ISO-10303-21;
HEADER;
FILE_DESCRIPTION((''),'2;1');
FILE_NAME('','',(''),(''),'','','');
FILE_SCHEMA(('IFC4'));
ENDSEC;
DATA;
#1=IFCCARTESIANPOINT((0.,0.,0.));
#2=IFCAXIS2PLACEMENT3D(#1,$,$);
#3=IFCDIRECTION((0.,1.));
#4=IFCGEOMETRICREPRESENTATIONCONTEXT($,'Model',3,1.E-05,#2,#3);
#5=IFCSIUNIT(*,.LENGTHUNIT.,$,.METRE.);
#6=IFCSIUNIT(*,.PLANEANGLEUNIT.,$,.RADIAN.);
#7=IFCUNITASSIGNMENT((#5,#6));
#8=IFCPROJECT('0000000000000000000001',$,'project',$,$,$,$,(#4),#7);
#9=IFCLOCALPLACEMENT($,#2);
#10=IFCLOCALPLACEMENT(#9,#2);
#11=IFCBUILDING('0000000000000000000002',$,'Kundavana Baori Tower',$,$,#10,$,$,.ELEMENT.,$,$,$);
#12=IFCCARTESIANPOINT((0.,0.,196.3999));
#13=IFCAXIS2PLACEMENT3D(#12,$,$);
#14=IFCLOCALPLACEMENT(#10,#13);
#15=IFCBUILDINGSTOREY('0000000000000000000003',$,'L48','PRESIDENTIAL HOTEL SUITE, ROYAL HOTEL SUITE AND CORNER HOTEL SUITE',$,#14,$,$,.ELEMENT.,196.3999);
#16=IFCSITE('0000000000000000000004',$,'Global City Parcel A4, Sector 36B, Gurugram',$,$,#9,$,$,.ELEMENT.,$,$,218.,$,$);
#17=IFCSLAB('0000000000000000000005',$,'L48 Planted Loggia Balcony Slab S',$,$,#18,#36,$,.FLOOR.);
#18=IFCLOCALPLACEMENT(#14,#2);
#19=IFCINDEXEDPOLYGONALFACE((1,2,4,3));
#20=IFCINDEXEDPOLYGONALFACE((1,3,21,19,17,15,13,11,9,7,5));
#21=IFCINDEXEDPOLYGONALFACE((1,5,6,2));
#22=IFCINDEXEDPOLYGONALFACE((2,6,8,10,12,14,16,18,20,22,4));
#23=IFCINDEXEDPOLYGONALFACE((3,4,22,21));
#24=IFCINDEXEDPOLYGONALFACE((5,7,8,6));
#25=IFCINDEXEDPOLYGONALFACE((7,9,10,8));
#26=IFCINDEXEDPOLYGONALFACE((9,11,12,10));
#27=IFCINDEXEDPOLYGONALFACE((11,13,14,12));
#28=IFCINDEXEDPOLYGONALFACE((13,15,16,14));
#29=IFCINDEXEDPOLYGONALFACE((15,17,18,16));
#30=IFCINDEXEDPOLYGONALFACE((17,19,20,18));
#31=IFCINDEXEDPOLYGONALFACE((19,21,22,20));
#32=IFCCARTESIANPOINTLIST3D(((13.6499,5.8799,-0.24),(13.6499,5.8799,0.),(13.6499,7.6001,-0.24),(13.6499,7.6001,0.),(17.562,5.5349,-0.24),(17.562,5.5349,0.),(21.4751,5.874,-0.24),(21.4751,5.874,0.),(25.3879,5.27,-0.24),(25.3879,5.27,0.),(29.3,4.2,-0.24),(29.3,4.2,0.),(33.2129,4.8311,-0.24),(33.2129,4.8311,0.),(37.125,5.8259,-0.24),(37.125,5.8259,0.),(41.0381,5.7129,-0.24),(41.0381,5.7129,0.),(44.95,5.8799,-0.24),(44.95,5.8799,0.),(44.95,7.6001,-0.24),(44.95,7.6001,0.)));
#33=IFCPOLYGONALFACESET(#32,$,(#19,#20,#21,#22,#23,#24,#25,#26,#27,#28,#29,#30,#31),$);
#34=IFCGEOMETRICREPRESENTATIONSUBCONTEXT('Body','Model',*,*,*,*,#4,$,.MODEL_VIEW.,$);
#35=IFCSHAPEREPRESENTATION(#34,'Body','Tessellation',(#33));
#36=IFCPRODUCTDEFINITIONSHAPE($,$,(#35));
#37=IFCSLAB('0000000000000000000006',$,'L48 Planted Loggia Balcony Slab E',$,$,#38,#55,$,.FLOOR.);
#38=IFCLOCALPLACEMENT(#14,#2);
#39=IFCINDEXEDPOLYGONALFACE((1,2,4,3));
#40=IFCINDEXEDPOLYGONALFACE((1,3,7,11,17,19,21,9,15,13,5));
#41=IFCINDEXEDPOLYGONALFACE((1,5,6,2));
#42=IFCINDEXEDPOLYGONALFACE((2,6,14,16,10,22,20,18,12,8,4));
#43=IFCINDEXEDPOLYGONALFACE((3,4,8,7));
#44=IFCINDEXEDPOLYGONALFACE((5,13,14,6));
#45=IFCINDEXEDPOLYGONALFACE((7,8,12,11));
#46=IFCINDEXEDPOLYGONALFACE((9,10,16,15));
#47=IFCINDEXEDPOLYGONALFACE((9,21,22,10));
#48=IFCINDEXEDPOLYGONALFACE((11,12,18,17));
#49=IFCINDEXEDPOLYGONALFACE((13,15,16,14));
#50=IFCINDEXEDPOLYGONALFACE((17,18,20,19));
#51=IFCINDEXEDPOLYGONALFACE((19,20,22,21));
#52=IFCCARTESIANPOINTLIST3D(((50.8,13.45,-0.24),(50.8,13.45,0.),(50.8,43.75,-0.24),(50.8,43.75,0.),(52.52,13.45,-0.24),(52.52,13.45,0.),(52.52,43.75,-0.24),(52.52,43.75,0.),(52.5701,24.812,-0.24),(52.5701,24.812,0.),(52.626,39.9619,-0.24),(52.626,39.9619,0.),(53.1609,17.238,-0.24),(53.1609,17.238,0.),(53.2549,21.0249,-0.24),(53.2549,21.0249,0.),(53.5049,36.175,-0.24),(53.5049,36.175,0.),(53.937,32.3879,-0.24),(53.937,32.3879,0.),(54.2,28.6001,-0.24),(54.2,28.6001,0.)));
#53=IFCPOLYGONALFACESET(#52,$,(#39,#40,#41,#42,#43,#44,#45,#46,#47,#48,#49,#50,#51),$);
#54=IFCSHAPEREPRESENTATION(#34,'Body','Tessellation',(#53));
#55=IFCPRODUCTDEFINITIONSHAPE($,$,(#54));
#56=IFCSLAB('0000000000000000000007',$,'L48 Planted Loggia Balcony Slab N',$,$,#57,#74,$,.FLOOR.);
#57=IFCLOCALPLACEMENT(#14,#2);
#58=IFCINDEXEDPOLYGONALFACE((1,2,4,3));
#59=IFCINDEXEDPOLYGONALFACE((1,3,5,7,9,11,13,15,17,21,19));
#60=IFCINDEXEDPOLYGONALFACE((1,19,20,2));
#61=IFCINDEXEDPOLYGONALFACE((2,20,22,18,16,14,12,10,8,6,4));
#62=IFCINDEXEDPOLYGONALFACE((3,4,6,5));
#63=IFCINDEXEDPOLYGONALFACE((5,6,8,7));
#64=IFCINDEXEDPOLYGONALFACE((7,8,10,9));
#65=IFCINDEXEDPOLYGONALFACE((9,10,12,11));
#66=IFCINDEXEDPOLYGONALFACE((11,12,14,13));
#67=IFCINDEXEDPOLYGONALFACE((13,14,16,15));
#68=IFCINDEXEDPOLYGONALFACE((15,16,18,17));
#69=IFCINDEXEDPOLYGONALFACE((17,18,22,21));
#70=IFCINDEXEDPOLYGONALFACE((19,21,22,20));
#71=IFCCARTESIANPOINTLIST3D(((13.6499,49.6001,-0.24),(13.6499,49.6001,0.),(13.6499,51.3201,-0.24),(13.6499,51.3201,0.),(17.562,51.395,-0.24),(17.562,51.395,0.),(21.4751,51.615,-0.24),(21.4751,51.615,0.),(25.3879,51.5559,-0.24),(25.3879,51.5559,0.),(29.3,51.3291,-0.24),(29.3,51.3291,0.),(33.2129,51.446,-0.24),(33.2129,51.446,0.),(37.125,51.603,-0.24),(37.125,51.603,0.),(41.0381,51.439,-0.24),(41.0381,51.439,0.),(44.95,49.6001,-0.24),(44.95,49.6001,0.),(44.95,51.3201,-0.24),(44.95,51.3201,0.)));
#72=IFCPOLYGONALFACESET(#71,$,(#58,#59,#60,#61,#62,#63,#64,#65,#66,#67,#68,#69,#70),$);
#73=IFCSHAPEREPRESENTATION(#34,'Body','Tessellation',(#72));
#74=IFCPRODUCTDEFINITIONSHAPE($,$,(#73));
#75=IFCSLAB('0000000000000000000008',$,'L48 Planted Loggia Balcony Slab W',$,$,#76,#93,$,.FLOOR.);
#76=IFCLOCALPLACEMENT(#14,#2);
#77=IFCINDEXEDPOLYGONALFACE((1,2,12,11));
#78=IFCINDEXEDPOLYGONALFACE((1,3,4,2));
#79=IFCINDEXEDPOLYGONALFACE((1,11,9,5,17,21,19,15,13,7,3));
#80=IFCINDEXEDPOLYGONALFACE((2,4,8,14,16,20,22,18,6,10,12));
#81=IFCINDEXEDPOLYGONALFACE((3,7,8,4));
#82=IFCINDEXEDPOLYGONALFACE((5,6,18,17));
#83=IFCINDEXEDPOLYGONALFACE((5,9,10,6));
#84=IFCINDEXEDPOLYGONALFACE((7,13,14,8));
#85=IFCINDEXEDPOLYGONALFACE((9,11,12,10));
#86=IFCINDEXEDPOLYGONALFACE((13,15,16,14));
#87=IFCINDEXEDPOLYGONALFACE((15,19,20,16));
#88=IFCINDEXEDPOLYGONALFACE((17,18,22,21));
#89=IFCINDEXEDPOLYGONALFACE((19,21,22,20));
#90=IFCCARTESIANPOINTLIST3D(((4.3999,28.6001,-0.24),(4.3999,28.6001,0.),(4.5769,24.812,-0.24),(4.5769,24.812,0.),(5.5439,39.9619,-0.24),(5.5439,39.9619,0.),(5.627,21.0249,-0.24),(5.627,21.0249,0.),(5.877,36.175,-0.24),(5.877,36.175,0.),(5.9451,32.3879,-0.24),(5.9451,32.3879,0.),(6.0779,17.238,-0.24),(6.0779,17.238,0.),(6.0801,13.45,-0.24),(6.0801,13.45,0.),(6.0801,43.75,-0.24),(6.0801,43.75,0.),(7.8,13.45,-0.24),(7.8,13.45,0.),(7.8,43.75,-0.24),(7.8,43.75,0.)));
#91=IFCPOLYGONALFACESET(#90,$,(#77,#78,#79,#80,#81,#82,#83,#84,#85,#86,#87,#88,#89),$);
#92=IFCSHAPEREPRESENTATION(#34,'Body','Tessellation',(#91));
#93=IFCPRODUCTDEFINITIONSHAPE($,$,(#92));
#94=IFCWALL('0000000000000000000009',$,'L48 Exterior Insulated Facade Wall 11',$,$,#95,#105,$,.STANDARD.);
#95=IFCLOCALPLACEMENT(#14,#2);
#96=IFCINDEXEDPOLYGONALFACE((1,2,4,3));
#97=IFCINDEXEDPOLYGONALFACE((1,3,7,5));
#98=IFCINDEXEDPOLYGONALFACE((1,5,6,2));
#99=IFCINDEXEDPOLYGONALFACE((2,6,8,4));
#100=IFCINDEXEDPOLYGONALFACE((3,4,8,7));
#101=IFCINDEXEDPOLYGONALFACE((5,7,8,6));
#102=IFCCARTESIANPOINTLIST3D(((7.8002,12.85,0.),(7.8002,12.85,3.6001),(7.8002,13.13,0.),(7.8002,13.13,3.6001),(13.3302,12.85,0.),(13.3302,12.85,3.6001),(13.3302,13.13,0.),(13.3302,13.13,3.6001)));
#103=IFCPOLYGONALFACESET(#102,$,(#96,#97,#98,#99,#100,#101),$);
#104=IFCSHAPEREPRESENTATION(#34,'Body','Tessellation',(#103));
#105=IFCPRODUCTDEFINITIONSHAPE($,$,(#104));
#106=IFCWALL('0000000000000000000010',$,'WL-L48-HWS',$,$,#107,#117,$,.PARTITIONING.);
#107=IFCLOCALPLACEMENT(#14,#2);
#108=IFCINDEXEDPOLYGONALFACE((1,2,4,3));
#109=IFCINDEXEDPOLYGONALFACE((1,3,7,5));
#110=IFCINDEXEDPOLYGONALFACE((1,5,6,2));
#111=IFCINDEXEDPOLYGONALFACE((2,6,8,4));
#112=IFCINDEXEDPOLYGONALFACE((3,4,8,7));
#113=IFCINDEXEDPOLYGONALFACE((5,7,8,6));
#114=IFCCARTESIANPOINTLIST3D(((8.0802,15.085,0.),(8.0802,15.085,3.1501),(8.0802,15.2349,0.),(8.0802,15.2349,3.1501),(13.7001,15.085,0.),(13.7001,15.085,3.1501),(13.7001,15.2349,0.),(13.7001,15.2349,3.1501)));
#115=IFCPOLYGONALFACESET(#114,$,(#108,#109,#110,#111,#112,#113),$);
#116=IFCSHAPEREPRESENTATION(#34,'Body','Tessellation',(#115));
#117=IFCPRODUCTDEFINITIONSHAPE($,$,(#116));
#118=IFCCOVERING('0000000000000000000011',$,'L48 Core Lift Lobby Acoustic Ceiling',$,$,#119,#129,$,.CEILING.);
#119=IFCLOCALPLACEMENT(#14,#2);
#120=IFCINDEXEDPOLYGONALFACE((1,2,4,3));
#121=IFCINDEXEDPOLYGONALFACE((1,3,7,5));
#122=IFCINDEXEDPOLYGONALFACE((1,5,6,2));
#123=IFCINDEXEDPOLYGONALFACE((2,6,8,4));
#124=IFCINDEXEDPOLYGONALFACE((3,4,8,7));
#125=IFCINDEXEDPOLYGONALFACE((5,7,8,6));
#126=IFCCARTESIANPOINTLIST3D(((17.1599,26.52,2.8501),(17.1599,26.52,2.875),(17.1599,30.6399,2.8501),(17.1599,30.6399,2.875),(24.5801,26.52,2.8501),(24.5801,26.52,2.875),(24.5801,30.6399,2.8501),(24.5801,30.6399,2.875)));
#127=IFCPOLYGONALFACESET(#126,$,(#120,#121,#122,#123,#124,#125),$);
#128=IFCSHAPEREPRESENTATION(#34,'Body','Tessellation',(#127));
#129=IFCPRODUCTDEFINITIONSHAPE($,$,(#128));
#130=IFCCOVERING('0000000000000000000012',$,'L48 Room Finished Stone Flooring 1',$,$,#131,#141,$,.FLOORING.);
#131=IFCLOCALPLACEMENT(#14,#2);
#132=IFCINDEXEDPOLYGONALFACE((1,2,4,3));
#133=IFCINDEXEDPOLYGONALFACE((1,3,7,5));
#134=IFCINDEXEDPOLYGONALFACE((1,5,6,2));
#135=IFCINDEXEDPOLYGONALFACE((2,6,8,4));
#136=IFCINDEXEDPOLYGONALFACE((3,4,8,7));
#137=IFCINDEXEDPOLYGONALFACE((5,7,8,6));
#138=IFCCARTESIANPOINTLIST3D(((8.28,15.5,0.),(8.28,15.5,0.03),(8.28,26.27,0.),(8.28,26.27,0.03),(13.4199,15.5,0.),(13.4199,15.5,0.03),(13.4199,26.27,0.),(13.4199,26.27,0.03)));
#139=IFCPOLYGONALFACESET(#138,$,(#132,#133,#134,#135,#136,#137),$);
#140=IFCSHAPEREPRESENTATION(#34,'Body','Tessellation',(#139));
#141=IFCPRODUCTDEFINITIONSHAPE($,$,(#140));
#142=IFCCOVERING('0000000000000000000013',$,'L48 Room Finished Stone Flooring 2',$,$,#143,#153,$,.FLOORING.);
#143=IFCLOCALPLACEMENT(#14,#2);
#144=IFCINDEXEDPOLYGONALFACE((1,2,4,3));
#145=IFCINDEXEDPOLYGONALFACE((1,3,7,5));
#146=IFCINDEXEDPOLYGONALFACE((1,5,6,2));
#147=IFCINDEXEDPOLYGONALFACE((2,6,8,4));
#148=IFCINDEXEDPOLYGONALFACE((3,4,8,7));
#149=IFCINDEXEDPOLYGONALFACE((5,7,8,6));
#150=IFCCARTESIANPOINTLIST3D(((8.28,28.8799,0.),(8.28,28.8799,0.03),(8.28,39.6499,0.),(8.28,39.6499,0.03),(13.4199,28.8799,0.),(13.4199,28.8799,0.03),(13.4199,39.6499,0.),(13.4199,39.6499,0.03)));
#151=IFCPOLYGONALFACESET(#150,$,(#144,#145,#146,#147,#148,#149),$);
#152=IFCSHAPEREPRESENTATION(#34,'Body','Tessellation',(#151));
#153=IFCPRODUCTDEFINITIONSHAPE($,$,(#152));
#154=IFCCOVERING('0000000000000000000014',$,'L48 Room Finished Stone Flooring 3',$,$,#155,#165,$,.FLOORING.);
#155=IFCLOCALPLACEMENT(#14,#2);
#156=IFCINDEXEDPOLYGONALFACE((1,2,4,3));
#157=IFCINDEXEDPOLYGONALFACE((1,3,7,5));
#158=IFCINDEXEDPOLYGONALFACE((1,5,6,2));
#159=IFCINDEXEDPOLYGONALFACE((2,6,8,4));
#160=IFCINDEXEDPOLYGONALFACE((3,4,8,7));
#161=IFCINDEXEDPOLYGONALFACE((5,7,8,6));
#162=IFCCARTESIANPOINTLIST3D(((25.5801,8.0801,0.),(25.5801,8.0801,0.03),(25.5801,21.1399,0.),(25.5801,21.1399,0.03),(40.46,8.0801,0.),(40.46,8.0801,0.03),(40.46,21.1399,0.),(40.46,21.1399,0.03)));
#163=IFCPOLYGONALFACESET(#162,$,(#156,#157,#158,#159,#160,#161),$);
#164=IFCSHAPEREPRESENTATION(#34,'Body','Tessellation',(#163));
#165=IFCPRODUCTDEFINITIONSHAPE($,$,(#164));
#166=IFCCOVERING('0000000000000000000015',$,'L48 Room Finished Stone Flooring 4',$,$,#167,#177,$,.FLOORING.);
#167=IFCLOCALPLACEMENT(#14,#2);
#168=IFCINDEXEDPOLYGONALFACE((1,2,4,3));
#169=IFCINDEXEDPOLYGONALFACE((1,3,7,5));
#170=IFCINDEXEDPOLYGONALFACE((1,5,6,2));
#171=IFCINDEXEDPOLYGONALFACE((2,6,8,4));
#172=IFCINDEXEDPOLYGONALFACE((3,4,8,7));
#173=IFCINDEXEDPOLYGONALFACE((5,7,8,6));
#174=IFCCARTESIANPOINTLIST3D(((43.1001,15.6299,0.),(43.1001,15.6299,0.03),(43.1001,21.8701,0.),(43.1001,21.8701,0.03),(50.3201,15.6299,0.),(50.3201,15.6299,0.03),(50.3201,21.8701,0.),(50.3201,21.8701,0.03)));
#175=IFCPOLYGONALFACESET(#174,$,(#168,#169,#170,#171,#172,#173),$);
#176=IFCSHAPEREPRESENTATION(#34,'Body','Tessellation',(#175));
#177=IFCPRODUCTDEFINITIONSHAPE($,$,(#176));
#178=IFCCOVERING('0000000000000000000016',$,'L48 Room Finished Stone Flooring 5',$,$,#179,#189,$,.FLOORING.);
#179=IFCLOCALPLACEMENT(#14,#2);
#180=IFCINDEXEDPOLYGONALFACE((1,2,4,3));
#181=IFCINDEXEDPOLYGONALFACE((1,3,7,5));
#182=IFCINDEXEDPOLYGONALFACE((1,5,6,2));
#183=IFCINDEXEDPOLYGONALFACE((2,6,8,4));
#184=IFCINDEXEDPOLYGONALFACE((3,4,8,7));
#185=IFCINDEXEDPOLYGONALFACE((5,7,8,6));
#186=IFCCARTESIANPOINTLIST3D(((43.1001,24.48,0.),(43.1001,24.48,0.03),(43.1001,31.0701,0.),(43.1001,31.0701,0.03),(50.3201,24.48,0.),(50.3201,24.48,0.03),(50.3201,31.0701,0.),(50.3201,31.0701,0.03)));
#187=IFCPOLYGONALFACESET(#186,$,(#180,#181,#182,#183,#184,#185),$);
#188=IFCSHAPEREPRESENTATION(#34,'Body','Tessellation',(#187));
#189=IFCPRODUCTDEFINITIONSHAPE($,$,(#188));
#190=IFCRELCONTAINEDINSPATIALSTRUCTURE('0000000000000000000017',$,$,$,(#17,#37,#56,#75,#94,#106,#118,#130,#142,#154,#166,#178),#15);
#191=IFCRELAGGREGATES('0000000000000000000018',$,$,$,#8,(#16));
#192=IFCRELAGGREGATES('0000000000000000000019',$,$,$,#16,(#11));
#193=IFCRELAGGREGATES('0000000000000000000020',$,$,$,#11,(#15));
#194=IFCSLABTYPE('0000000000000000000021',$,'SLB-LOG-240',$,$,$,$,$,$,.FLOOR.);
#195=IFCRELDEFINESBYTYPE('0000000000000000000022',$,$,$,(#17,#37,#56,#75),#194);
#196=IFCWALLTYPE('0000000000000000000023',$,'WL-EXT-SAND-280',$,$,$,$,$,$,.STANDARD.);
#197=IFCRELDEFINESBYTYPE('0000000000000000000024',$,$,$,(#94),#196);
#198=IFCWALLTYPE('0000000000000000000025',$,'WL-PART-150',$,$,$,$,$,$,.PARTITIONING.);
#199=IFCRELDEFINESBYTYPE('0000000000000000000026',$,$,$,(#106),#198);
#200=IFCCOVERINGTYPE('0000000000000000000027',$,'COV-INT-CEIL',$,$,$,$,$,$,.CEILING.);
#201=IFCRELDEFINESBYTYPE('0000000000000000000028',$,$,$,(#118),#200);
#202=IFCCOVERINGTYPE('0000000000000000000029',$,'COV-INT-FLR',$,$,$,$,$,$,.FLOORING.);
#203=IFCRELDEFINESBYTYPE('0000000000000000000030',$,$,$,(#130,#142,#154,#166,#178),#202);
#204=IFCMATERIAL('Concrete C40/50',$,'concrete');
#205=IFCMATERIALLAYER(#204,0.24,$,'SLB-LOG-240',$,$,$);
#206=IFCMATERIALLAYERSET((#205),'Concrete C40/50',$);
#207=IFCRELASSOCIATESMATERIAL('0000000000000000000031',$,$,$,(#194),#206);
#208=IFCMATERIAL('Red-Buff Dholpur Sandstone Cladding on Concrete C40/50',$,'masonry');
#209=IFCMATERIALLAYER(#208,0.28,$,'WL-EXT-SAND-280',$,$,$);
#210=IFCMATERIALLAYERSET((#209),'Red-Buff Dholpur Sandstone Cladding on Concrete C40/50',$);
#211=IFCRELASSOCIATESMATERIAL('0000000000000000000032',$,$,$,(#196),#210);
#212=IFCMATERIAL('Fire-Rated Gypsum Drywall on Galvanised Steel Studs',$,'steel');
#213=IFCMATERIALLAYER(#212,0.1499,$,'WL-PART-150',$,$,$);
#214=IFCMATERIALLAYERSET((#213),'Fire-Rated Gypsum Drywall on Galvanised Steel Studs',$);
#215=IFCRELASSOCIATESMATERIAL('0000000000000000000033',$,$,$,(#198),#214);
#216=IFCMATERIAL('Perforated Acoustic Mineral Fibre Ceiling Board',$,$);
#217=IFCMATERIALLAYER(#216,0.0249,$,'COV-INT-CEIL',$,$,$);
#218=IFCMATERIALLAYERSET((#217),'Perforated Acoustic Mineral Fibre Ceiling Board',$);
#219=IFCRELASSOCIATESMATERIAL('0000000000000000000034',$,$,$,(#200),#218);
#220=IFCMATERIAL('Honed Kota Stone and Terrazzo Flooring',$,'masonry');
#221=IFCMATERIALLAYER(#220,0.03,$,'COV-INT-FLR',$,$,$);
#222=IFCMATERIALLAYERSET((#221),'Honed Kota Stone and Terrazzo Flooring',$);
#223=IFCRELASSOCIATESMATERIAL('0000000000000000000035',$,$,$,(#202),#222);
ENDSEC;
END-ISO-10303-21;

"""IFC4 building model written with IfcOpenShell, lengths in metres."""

from ifc_helpers import new_model, si_unit, direction, frame, frame_2d, origin, place, context, subcontext, project, spatial, polyline, rectangle, outline, extrude, material, layer, layer_set, type_object, element, save


model = new_model("IFC4")

# Units and contexts
model_context = context("Model", 3, precision=1e-05, world=origin(), true_north=direction((0.0, 1.0)))
body_context = subcontext(model_context, "Body", "Model", "MODEL_VIEW")
ifc_project = project(units=[si_unit("LENGTHUNIT", "METRE"), si_unit("PLANEANGLEUNIT", "RADIAN")], contexts=[model_context])

# Site, building, storey
site_placement = place(None, origin())
site = spatial("IfcSite", under=ifc_project, at=site_placement, Name="Global City Parcel A4, Sector 36B, Gurugram", CompositionType="ELEMENT", RefElevation=218.0)
building_placement = place(site_placement, origin())
building = spatial("IfcBuilding", under=site, at=building_placement, Name="Kundavana Baori Tower", CompositionType="ELEMENT")
storey_placement = place(building_placement, frame((0.0, 0.0, 196.3999)))
storey = spatial("IfcBuildingStorey", under=building, at=storey_placement, Name="L48", Description="PRESIDENTIAL HOTEL SUITE, ROYAL HOTEL SUITE AND CORNER HOTEL SUITE", CompositionType="ELEMENT", Elevation=196.3999)

# Slabs
ifc_material_1 = material(Name="Concrete C40/50", Category="concrete")
ifc_layer_1 = layer(ifc_material_1, 0.24, Name="SLB-LOG-240")
ifc_layer_set_1 = layer_set([ifc_layer_1], Name="Concrete C40/50")
slab_type_1 = type_object("IfcSlabType", Name="SLB-LOG-240", PredefinedType="FLOOR", material=ifc_layer_set_1)
slab_1_placement = place(storey_placement, frame((0.0, 0.0, -0.24)))
element("IfcSlab", 1, at=slab_1_placement, inside=storey, type_object=slab_type_1, Name="L48 Planted Loggia Balcony Slab S", PredefinedType="FLOOR", context=body_context, shape_type="SweptSolid", body=[
    extrude(outline(polyline([(13.6499, 7.6001), (44.95, 7.6001), (44.95, 5.8799), (41.0381, 5.7129), (37.125, 5.8259), (33.2129, 4.8311), (29.3, 4.2), (25.3879, 5.27), (21.4751, 5.874), (17.562, 5.5349), (13.6499, 5.8799), (13.6499, 7.6001)])), origin(), (0.0, 0.0, 1.0), 0.24),
])
slab_2_placement = place(storey_placement, frame((0.0, 0.0, -0.24)))
element("IfcSlab", 2, at=slab_2_placement, inside=storey, type_object=slab_type_1, Name="L48 Planted Loggia Balcony Slab E", PredefinedType="FLOOR", context=body_context, shape_type="SweptSolid", body=[
    extrude(outline(polyline([(50.8, 13.45), (50.8, 43.75), (52.52, 43.75), (52.626, 39.9619), (53.5049, 36.175), (53.937, 32.3879), (54.2, 28.6001), (52.5701, 24.812), (53.2549, 21.0249), (53.1609, 17.238), (52.52, 13.45), (50.8, 13.45)])), origin(), (0.0, 0.0, 1.0), 0.24),
])
slab_3_placement = place(storey_placement, frame((0.0, 0.0, -0.24)))
element("IfcSlab", 3, at=slab_3_placement, inside=storey, type_object=slab_type_1, Name="L48 Planted Loggia Balcony Slab N", PredefinedType="FLOOR", context=body_context, shape_type="SweptSolid", body=[
    extrude(outline(polyline([(44.95, 49.6001), (13.6499, 49.6001), (13.6499, 51.3201), (17.562, 51.395), (21.4751, 51.615), (25.3879, 51.5559), (29.3, 51.3291), (33.2129, 51.446), (37.125, 51.603), (41.0381, 51.439), (44.95, 51.3201), (44.95, 49.6001)])), origin(), (0.0, 0.0, 1.0), 0.24),
])
slab_4_placement = place(storey_placement, frame((0.0, 0.0, -0.24)))
element("IfcSlab", 4, at=slab_4_placement, inside=storey, type_object=slab_type_1, Name="L48 Planted Loggia Balcony Slab W", PredefinedType="FLOOR", context=body_context, shape_type="SweptSolid", body=[
    extrude(outline(polyline([(7.8, 43.75), (7.8, 13.45), (6.0801, 13.45), (6.0779, 17.238), (5.627, 21.0249), (4.5769, 24.812), (4.3999, 28.6001), (5.9451, 32.3879), (5.877, 36.175), (5.5439, 39.9619), (6.0801, 43.75), (7.8, 43.75)])), origin(), (0.0, 0.0, 1.0), 0.24),
])

# Walls
ifc_material_2 = material(Name="Red-Buff Dholpur Sandstone Cladding on Concrete C40/50", Category="masonry")
ifc_layer_2 = layer(ifc_material_2, 0.28, Name="WL-EXT-SAND-280")
ifc_layer_set_2 = layer_set([ifc_layer_2], Name="Red-Buff Dholpur Sandstone Cladding on Concrete C40/50")
wall_type_1 = type_object("IfcWallType", Name="WL-EXT-SAND-280", PredefinedType="STANDARD", material=ifc_layer_set_2)
wall_1_placement = place(storey_placement, frame((7.8, 12.99, 0.0), z_axis=(0.0, 0.0, 1.0), x_axis=(1.0, 0.0, 0.0)))
element("IfcWall", 5, at=wall_1_placement, inside=storey, type_object=wall_type_1, Name="L48 Exterior Insulated Facade Wall 11", PredefinedType="STANDARD", context=body_context, shape_type="SweptSolid", body=[
    extrude(rectangle(XDim=5.53, YDim=0.28, at=frame_2d((2.7651, 0.0))), origin(), (0.0, 0.0, 1.0), 3.6001),
])
ifc_material_3 = material(Name="Fire-Rated Gypsum Drywall on Galvanised Steel Studs", Category="steel")
ifc_layer_3 = layer(ifc_material_3, 0.1499, Name="WL-PART-150")
ifc_layer_set_3 = layer_set([ifc_layer_3], Name="Fire-Rated Gypsum Drywall on Galvanised Steel Studs")
wall_type_2 = type_object("IfcWallType", Name="WL-PART-150", PredefinedType="PARTITIONING", material=ifc_layer_set_3)
wall_2_placement = place(storey_placement, frame((8.0801, 15.1599, 0.0), z_axis=(0.0, 0.0, 1.0), x_axis=(1.0, 0.0, 0.0)))
element("IfcWall", 6, at=wall_2_placement, inside=storey, type_object=wall_type_2, Name="WL-L48-HWS", PredefinedType="PARTITIONING", context=body_context, shape_type="SweptSolid", body=[
    extrude(rectangle(XDim=5.6199, YDim=0.1499, at=frame_2d((2.8101, 0.0))), origin(), (0.0, 0.0, 1.0), 3.1501),
])

# Coverings
ifc_material_4 = material(Name="Perforated Acoustic Mineral Fibre Ceiling Board")
ifc_layer_4 = layer(ifc_material_4, 0.0249, Name="COV-INT-CEIL")
ifc_layer_set_4 = layer_set([ifc_layer_4], Name="Perforated Acoustic Mineral Fibre Ceiling Board")
covering_type_1 = type_object("IfcCoveringType", Name="COV-INT-CEIL", PredefinedType="CEILING", material=ifc_layer_set_4)
covering_1_placement = place(storey_placement, frame((0.0, 0.0, 2.8501)))
element("IfcCovering", 7, at=covering_1_placement, inside=storey, type_object=covering_type_1, Name="L48 Core Lift Lobby Acoustic Ceiling", PredefinedType="CEILING", context=body_context, shape_type="SweptSolid", body=[
    extrude(outline(polyline([(17.1599, 26.52), (24.5801, 26.52), (24.5801, 30.6399), (17.1599, 30.6399), (17.1599, 26.52)])), origin(), (0.0, 0.0, 1.0), 0.0249),
])
ifc_material_5 = material(Name="Honed Kota Stone and Terrazzo Flooring", Category="masonry")
ifc_layer_5 = layer(ifc_material_5, 0.03, Name="COV-INT-FLR")
ifc_layer_set_5 = layer_set([ifc_layer_5], Name="Honed Kota Stone and Terrazzo Flooring")
covering_type_2 = type_object("IfcCoveringType", Name="COV-INT-FLR", PredefinedType="FLOORING", material=ifc_layer_set_5)
covering_2_placement = place(storey_placement, origin())
element("IfcCovering", 8, at=covering_2_placement, inside=storey, type_object=covering_type_2, Name="L48 Room Finished Stone Flooring 1", PredefinedType="FLOORING", context=body_context, shape_type="SweptSolid", body=[
    extrude(outline(polyline([(8.28, 15.5), (13.4199, 15.5), (13.4199, 26.27), (8.28, 26.27), (8.28, 15.5)])), origin(), (0.0, 0.0, 1.0), 0.03),
])
covering_3_placement = place(storey_placement, origin())
element("IfcCovering", 9, at=covering_3_placement, inside=storey, type_object=covering_type_2, Name="L48 Room Finished Stone Flooring 2", PredefinedType="FLOORING", context=body_context, shape_type="SweptSolid", body=[
    extrude(outline(polyline([(8.28, 28.8799), (13.4199, 28.8799), (13.4199, 39.6499), (8.28, 39.6499), (8.28, 28.8799)])), origin(), (0.0, 0.0, 1.0), 0.03),
])
covering_4_placement = place(storey_placement, origin())
element("IfcCovering", 10, at=covering_4_placement, inside=storey, type_object=covering_type_2, Name="L48 Room Finished Stone Flooring 3", PredefinedType="FLOORING", context=body_context, shape_type="SweptSolid", body=[
    extrude(outline(polyline([(25.5801, 8.0801), (40.46, 8.0801), (40.46, 21.1399), (25.5801, 21.1399), (25.5801, 8.0801)])), origin(), (0.0, 0.0, 1.0), 0.03),
])
covering_5_placement = place(storey_placement, origin())
element("IfcCovering", 11, at=covering_5_placement, inside=storey, type_object=covering_type_2, Name="L48 Room Finished Stone Flooring 4", PredefinedType="FLOORING", context=body_context, shape_type="SweptSolid", body=[
    extrude(outline(polyline([(43.1001, 15.6299), (50.3201, 15.6299), (50.3201, 21.8701), (43.1001, 21.8701), (43.1001, 15.6299)])), origin(), (0.0, 0.0, 1.0), 0.03),
])
covering_6_placement = place(storey_placement, origin())
element("IfcCovering", 12, at=covering_6_placement, inside=storey, type_object=covering_type_2, Name="L48 Room Finished Stone Flooring 5", PredefinedType="FLOORING", context=body_context, shape_type="SweptSolid", body=[
    extrude(outline(polyline([(43.1001, 24.48), (50.3201, 24.48), (50.3201, 31.0701), (43.1001, 31.0701), (43.1001, 24.48)])), origin(), (0.0, 0.0, 1.0), 0.03),
])

save(model, "model.ifc")
